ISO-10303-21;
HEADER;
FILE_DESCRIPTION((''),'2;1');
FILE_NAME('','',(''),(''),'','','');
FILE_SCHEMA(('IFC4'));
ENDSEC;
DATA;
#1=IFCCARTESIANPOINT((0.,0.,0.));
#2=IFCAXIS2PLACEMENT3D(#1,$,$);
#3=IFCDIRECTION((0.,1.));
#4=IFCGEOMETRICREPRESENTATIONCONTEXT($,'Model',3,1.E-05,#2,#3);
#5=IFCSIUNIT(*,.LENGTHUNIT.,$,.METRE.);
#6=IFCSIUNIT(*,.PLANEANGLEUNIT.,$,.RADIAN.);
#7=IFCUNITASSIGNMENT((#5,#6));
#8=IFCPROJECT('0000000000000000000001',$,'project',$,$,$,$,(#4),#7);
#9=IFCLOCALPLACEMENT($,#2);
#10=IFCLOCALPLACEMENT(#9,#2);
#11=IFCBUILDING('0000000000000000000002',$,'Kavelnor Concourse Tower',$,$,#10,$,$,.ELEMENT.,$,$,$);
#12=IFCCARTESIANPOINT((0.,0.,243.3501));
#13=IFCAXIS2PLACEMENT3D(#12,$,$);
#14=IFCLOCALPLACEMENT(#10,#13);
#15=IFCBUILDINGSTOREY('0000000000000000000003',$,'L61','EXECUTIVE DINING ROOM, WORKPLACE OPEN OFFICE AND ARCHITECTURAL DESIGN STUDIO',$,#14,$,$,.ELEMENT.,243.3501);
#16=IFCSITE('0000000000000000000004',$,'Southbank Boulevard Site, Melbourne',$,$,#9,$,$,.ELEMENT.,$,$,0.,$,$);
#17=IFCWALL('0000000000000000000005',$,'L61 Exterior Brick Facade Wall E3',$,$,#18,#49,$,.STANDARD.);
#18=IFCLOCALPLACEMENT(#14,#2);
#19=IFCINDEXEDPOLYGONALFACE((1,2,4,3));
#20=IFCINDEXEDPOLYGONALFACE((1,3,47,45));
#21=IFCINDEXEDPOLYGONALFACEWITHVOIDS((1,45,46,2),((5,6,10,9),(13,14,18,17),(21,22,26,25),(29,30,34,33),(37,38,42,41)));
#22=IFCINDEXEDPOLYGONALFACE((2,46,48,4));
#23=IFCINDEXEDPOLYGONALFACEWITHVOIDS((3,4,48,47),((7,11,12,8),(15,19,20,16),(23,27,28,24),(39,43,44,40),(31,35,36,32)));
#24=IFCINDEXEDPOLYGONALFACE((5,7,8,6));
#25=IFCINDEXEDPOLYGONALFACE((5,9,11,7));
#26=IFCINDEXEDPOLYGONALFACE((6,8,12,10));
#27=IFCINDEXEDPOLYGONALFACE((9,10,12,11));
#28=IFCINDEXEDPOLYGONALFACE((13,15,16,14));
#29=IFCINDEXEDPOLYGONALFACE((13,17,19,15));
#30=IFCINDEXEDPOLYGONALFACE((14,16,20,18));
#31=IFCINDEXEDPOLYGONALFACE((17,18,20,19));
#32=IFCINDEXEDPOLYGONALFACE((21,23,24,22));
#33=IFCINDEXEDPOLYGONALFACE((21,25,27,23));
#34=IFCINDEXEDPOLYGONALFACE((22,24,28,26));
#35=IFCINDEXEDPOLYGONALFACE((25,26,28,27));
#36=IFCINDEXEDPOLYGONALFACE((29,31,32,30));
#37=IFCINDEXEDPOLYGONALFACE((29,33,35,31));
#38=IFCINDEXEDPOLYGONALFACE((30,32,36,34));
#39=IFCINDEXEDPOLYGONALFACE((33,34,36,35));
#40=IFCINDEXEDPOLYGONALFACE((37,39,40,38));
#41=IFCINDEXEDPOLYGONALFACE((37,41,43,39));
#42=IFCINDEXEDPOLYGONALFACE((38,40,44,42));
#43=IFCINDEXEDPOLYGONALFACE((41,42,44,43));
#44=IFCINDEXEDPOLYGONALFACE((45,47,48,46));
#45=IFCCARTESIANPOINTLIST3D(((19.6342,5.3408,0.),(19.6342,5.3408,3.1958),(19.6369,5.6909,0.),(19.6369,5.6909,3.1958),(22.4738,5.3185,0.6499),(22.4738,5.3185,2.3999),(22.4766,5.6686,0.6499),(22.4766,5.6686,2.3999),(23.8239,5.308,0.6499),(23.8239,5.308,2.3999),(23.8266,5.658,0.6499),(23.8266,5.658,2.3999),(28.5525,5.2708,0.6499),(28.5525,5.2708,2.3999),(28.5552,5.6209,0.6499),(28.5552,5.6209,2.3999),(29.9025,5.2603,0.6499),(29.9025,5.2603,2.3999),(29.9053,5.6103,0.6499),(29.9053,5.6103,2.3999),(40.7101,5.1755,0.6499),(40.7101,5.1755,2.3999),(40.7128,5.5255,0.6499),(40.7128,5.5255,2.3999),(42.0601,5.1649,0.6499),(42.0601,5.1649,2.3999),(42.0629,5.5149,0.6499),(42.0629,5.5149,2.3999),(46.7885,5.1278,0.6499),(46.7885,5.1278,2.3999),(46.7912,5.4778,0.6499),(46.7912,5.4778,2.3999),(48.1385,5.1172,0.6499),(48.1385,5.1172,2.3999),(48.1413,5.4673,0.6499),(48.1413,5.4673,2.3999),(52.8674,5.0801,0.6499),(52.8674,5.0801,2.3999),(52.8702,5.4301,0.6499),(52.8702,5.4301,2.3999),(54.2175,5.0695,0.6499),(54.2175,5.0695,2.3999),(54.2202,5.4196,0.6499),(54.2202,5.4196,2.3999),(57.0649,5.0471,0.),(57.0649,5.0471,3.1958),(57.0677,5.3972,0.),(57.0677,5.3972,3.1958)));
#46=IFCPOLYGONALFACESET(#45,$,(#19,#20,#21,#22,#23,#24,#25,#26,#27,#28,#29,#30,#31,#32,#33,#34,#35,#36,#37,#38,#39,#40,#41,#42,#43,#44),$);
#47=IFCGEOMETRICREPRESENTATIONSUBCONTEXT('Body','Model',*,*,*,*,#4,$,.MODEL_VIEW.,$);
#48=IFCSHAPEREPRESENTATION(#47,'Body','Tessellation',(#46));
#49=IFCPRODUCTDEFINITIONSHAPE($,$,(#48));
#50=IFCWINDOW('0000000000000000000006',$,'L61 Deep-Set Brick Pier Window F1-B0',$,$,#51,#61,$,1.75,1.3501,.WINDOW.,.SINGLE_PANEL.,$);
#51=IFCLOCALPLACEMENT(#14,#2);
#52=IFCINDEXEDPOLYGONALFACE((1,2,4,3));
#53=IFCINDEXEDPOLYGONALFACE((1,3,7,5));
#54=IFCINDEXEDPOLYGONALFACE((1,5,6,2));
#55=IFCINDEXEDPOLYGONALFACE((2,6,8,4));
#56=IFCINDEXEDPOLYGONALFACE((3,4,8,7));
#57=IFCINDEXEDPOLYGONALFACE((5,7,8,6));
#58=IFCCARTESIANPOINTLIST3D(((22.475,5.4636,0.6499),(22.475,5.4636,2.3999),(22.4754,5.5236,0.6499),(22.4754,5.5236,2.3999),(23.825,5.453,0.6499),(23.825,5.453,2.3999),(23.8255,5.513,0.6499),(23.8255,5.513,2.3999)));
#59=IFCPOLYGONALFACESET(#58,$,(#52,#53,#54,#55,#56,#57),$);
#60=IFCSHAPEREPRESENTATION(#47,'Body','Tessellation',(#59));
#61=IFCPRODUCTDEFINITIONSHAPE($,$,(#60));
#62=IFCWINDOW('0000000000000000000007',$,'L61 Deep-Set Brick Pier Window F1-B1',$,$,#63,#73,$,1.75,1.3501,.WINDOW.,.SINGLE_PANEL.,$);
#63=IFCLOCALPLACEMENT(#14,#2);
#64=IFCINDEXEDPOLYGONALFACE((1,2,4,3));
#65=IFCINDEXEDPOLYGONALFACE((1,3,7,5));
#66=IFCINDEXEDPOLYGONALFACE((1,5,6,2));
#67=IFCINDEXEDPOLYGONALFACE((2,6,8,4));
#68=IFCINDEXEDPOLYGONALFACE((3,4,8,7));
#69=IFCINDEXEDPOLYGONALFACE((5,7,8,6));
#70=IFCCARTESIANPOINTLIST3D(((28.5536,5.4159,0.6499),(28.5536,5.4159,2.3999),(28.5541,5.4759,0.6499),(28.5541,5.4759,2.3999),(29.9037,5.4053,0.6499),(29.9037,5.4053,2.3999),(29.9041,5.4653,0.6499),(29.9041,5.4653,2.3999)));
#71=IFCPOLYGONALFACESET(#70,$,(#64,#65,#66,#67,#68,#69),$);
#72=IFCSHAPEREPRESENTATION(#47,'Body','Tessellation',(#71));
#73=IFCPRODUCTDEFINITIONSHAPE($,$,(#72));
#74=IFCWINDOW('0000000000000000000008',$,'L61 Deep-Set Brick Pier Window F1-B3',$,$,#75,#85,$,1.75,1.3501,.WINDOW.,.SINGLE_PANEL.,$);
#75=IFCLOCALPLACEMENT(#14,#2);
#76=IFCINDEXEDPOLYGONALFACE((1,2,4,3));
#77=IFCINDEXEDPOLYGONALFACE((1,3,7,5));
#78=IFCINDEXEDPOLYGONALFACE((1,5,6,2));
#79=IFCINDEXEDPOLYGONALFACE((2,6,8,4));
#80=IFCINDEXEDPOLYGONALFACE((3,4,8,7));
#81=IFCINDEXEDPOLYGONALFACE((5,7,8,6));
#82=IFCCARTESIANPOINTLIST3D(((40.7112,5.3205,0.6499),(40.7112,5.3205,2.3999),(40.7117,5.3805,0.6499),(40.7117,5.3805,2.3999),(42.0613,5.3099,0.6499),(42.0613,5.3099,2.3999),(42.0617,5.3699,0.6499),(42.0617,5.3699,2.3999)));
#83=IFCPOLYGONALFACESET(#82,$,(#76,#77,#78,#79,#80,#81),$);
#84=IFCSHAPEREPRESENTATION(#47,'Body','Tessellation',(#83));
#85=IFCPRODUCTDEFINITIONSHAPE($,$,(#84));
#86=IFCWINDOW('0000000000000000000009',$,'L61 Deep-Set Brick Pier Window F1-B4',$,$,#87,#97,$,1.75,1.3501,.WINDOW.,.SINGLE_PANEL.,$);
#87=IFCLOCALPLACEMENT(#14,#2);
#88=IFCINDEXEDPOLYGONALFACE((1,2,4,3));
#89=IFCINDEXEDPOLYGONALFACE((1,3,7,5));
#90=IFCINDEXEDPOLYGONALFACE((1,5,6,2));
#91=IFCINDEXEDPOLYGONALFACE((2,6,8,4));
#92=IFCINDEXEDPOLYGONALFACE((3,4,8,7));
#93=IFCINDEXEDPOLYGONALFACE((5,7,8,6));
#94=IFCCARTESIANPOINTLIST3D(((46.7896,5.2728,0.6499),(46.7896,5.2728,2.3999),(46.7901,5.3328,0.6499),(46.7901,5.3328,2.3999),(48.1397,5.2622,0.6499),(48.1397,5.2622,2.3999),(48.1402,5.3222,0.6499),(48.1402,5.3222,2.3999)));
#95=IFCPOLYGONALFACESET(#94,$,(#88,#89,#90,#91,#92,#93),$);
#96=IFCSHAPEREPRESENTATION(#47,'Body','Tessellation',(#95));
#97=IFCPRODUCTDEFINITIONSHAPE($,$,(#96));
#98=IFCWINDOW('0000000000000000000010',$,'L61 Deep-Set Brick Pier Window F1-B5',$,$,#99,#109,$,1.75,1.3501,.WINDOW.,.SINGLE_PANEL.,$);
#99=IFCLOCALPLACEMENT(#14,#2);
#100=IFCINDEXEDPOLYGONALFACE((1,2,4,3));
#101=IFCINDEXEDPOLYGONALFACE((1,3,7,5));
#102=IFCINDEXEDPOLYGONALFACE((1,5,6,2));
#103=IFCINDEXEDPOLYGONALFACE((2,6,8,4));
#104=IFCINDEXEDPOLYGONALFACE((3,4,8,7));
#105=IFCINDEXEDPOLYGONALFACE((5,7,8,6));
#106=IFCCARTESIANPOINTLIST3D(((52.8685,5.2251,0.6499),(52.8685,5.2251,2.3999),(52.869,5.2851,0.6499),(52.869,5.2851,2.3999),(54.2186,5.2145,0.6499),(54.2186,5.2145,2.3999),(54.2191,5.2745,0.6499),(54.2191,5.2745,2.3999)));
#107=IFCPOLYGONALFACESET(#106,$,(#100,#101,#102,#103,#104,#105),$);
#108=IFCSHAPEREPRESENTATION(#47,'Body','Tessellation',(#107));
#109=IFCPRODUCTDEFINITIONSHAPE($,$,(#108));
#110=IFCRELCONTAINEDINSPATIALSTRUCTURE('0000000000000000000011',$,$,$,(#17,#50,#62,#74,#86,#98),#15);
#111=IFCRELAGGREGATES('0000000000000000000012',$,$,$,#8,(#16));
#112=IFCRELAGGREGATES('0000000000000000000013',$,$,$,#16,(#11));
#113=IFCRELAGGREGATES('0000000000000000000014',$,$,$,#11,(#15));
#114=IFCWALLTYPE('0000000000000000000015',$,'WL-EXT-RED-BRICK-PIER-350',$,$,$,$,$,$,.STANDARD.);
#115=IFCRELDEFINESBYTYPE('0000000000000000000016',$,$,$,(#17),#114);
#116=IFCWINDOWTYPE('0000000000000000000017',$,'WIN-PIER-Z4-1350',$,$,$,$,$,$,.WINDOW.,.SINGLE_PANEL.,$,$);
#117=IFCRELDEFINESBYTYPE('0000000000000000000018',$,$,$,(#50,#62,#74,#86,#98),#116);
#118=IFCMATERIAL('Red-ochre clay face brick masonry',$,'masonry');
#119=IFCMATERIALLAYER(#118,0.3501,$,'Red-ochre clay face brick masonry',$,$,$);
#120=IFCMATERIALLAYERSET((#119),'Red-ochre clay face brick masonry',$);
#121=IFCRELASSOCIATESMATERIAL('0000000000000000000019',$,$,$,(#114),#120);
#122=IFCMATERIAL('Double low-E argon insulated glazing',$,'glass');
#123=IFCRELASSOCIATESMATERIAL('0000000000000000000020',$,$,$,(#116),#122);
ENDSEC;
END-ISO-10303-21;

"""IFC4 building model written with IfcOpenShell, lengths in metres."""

from ifc_helpers import new_model, si_unit, direction, frame, frame_2d, origin, place, context, subcontext, project, spatial, rectangle, extrude, material, layer, layer_set, type_object, element, fill, save


model = new_model("IFC4")

# Units and contexts
model_context = context("Model", 3, precision=1e-05, world=origin(), true_north=direction((0.0, 1.0)))
body_context = subcontext(model_context, "Body", "Model", "MODEL_VIEW")
ifc_project = project(units=[si_unit("LENGTHUNIT", "METRE"), si_unit("PLANEANGLEUNIT", "RADIAN")], contexts=[model_context])

# Site, building, storey
site_placement = place(None, origin())
site = spatial("IfcSite", under=ifc_project, at=site_placement, Name="Southbank Boulevard Site, Melbourne", CompositionType="ELEMENT", RefElevation=0.0)
building_placement = place(site_placement, origin())
building = spatial("IfcBuilding", under=site, at=building_placement, Name="Kavelnor Concourse Tower", CompositionType="ELEMENT")
storey_placement = place(building_placement, frame((0.0, 0.0, 243.3501)))
storey = spatial("IfcBuildingStorey", under=building, at=storey_placement, Name="L61", Description="EXECUTIVE DINING ROOM, WORKPLACE OPEN OFFICE AND ARCHITECTURAL DESIGN STUDIO", CompositionType="ELEMENT", Elevation=243.3501)

# Shared definitions
ifc_material_1 = material(Name="Double low-E argon insulated glazing", Category="glass")

# Wall, openings, windows
ifc_material_2 = material(Name="Red-ochre clay face brick masonry", Category="masonry")
ifc_layer_1 = layer(ifc_material_2, 0.3501, Name="Red-ochre clay face brick masonry")
ifc_layer_set_1 = layer_set([ifc_layer_1], Name="Red-ochre clay face brick masonry")
wall_type_1 = type_object("IfcWallType", Name="WL-EXT-RED-BRICK-PIER-350", PredefinedType="STANDARD", material=ifc_layer_set_1)
wall_1_placement = place(storey_placement, frame((57.0662, 5.2222, 0.0), z_axis=(0.0, 0.0, 1.0), x_axis=(-0.999969, 0.007846, 0.0)))
wall_1 = element("IfcWall", 1, at=wall_1_placement, inside=storey, type_object=wall_type_1, Name="L61 Exterior Brick Facade Wall E3", PredefinedType="STANDARD", context=body_context, shape_type="SweptSolid", body=[
    extrude(rectangle(XDim=37.4319, YDim=0.3501, at=frame_2d((18.7158, 0.0))), origin(), (0.0, 0.0, 1.0), 3.1958),
])
opening_1_placement = place(wall_1_placement, frame((33.2419, 0.0, 0.6499)))
opening_1 = element("IfcOpeningElement", 2, at=opening_1_placement, cuts=wall_1, PredefinedType="OPENING", context=body_context, shape_type="SweptSolid", body=[
    extrude(rectangle(XDim=1.3501, YDim=1.75, at=frame_2d((0.675, 0.875))), frame((0.0, 0.1851, 0.0), z_axis=(0.0, -1.0, 0.0), x_axis=(1.0, 0.0, 0.0)), (0.0, 0.0, 1.0), 0.3701),
])
opening_2_placement = place(wall_1_placement, frame((27.1631, 0.0, 0.6499)))
opening_2 = element("IfcOpeningElement", 3, at=opening_2_placement, cuts=wall_1, PredefinedType="OPENING", context=body_context, shape_type="SweptSolid", body=[
    extrude(rectangle(XDim=1.3501, YDim=1.75, at=frame_2d((0.675, 0.875))), frame((0.0, 0.1851, 0.0), z_axis=(0.0, -1.0, 0.0), x_axis=(1.0, 0.0, 0.0)), (0.0, 0.0, 1.0), 0.3701),
])
opening_3_placement = place(wall_1_placement, frame((15.0051, 0.0, 0.6499)))
opening_3 = element("IfcOpeningElement", 4, at=opening_3_placement, cuts=wall_1, PredefinedType="OPENING", context=body_context, shape_type="SweptSolid", body=[
    extrude(rectangle(XDim=1.3501, YDim=1.75, at=frame_2d((0.675, 0.875))), frame((0.0, 0.1851, 0.0), z_axis=(0.0, -1.0, 0.0), x_axis=(1.0, 0.0, 0.0)), (0.0, 0.0, 1.0), 0.3701),
])
opening_4_placement = place(wall_1_placement, frame((8.9265, 0.0, 0.6499)))
opening_4 = element("IfcOpeningElement", 5, at=opening_4_placement, cuts=wall_1, PredefinedType="OPENING", context=body_context, shape_type="SweptSolid", body=[
    extrude(rectangle(XDim=1.3501, YDim=1.75, at=frame_2d((0.675, 0.875))), frame((0.0, 0.1851, 0.0), z_axis=(0.0, -1.0, 0.0), x_axis=(1.0, 0.0, 0.0)), (0.0, 0.0, 1.0), 0.3701),
])
opening_5_placement = place(wall_1_placement, frame((2.8474, 0.0, 0.6499)))
opening_5 = element("IfcOpeningElement", 6, at=opening_5_placement, cuts=wall_1, PredefinedType="OPENING", context=body_context, shape_type="SweptSolid", body=[
    extrude(rectangle(XDim=1.3501, YDim=1.75, at=frame_2d((0.675, 0.875))), frame((0.0, 0.1851, 0.0), z_axis=(0.0, -1.0, 0.0), x_axis=(1.0, 0.0, 0.0)), (0.0, 0.0, 1.0), 0.3701),
])
window_type_1 = type_object("IfcWindowType", Name="WIN-PIER-Z4-1350", PartitioningType="SINGLE_PANEL", PredefinedType="WINDOW", material=ifc_material_1)
window_1_placement = place(opening_1_placement, origin())
window_1 = element("IfcWindow", 7, at=window_1_placement, inside=storey, type_object=window_type_1, Name="L61 Deep-Set Brick Pier Window F1-B0", OverallHeight=1.75, OverallWidth=1.3501, PartitioningType="SINGLE_PANEL", PredefinedType="WINDOW", context=body_context, shape_type="SweptSolid", body=[
    extrude(rectangle(XDim=1.3501, YDim=1.75, at=frame_2d((0.675, 0.875))), frame((0.0, 0.03, 0.0), z_axis=(0.0, -1.0, 0.0), x_axis=(1.0, 0.0, 0.0)), (0.0, 0.0, 1.0), 0.0601),
])
fill(opening_1, window_1)
window_2_placement = place(opening_2_placement, origin())
window_2 = element("IfcWindow", 8, at=window_2_placement, inside=storey, type_object=window_type_1, Name="L61 Deep-Set Brick Pier Window F1-B1", OverallHeight=1.75, OverallWidth=1.3501, PartitioningType="SINGLE_PANEL", PredefinedType="WINDOW", context=body_context, shape_type="SweptSolid", body=[
    extrude(rectangle(XDim=1.3501, YDim=1.75, at=frame_2d((0.675, 0.875))), frame((0.0, 0.03, 0.0), z_axis=(0.0, -1.0, 0.0), x_axis=(1.0, 0.0, 0.0)), (0.0, 0.0, 1.0), 0.0601),
])
fill(opening_2, window_2)
window_3_placement = place(opening_3_placement, origin())
window_3 = element("IfcWindow", 9, at=window_3_placement, inside=storey, type_object=window_type_1, Name="L61 Deep-Set Brick Pier Window F1-B3", OverallHeight=1.75, OverallWidth=1.3501, PartitioningType="SINGLE_PANEL", PredefinedType="WINDOW", context=body_context, shape_type="SweptSolid", body=[
    extrude(rectangle(XDim=1.3501, YDim=1.75, at=frame_2d((0.675, 0.875))), frame((0.0, 0.03, 0.0), z_axis=(0.0, -1.0, 0.0), x_axis=(1.0, 0.0, 0.0)), (0.0, 0.0, 1.0), 0.0601),
])
fill(opening_3, window_3)
window_4_placement = place(opening_4_placement, origin())
window_4 = element("IfcWindow", 10, at=window_4_placement, inside=storey, type_object=window_type_1, Name="L61 Deep-Set Brick Pier Window F1-B4", OverallHeight=1.75, OverallWidth=1.3501, PartitioningType="SINGLE_PANEL", PredefinedType="WINDOW", context=body_context, shape_type="SweptSolid", body=[
    extrude(rectangle(XDim=1.3501, YDim=1.75, at=frame_2d((0.675, 0.875))), frame((0.0, 0.03, 0.0), z_axis=(0.0, -1.0, 0.0), x_axis=(1.0, 0.0, 0.0)), (0.0, 0.0, 1.0), 0.0601),
])
fill(opening_4, window_4)
window_5_placement = place(opening_5_placement, origin())
window_5 = element("IfcWindow", 11, at=window_5_placement, inside=storey, type_object=window_type_1, Name="L61 Deep-Set Brick Pier Window F1-B5", OverallHeight=1.75, OverallWidth=1.3501, PartitioningType="SINGLE_PANEL", PredefinedType="WINDOW", context=body_context, shape_type="SweptSolid", body=[
    extrude(rectangle(XDim=1.3501, YDim=1.75, at=frame_2d((0.675, 0.875))), frame((0.0, 0.03, 0.0), z_axis=(0.0, -1.0, 0.0), x_axis=(1.0, 0.0, 0.0)), (0.0, 0.0, 1.0), 0.0601),
])
fill(opening_5, window_5)

save(model, "model.ifc")
